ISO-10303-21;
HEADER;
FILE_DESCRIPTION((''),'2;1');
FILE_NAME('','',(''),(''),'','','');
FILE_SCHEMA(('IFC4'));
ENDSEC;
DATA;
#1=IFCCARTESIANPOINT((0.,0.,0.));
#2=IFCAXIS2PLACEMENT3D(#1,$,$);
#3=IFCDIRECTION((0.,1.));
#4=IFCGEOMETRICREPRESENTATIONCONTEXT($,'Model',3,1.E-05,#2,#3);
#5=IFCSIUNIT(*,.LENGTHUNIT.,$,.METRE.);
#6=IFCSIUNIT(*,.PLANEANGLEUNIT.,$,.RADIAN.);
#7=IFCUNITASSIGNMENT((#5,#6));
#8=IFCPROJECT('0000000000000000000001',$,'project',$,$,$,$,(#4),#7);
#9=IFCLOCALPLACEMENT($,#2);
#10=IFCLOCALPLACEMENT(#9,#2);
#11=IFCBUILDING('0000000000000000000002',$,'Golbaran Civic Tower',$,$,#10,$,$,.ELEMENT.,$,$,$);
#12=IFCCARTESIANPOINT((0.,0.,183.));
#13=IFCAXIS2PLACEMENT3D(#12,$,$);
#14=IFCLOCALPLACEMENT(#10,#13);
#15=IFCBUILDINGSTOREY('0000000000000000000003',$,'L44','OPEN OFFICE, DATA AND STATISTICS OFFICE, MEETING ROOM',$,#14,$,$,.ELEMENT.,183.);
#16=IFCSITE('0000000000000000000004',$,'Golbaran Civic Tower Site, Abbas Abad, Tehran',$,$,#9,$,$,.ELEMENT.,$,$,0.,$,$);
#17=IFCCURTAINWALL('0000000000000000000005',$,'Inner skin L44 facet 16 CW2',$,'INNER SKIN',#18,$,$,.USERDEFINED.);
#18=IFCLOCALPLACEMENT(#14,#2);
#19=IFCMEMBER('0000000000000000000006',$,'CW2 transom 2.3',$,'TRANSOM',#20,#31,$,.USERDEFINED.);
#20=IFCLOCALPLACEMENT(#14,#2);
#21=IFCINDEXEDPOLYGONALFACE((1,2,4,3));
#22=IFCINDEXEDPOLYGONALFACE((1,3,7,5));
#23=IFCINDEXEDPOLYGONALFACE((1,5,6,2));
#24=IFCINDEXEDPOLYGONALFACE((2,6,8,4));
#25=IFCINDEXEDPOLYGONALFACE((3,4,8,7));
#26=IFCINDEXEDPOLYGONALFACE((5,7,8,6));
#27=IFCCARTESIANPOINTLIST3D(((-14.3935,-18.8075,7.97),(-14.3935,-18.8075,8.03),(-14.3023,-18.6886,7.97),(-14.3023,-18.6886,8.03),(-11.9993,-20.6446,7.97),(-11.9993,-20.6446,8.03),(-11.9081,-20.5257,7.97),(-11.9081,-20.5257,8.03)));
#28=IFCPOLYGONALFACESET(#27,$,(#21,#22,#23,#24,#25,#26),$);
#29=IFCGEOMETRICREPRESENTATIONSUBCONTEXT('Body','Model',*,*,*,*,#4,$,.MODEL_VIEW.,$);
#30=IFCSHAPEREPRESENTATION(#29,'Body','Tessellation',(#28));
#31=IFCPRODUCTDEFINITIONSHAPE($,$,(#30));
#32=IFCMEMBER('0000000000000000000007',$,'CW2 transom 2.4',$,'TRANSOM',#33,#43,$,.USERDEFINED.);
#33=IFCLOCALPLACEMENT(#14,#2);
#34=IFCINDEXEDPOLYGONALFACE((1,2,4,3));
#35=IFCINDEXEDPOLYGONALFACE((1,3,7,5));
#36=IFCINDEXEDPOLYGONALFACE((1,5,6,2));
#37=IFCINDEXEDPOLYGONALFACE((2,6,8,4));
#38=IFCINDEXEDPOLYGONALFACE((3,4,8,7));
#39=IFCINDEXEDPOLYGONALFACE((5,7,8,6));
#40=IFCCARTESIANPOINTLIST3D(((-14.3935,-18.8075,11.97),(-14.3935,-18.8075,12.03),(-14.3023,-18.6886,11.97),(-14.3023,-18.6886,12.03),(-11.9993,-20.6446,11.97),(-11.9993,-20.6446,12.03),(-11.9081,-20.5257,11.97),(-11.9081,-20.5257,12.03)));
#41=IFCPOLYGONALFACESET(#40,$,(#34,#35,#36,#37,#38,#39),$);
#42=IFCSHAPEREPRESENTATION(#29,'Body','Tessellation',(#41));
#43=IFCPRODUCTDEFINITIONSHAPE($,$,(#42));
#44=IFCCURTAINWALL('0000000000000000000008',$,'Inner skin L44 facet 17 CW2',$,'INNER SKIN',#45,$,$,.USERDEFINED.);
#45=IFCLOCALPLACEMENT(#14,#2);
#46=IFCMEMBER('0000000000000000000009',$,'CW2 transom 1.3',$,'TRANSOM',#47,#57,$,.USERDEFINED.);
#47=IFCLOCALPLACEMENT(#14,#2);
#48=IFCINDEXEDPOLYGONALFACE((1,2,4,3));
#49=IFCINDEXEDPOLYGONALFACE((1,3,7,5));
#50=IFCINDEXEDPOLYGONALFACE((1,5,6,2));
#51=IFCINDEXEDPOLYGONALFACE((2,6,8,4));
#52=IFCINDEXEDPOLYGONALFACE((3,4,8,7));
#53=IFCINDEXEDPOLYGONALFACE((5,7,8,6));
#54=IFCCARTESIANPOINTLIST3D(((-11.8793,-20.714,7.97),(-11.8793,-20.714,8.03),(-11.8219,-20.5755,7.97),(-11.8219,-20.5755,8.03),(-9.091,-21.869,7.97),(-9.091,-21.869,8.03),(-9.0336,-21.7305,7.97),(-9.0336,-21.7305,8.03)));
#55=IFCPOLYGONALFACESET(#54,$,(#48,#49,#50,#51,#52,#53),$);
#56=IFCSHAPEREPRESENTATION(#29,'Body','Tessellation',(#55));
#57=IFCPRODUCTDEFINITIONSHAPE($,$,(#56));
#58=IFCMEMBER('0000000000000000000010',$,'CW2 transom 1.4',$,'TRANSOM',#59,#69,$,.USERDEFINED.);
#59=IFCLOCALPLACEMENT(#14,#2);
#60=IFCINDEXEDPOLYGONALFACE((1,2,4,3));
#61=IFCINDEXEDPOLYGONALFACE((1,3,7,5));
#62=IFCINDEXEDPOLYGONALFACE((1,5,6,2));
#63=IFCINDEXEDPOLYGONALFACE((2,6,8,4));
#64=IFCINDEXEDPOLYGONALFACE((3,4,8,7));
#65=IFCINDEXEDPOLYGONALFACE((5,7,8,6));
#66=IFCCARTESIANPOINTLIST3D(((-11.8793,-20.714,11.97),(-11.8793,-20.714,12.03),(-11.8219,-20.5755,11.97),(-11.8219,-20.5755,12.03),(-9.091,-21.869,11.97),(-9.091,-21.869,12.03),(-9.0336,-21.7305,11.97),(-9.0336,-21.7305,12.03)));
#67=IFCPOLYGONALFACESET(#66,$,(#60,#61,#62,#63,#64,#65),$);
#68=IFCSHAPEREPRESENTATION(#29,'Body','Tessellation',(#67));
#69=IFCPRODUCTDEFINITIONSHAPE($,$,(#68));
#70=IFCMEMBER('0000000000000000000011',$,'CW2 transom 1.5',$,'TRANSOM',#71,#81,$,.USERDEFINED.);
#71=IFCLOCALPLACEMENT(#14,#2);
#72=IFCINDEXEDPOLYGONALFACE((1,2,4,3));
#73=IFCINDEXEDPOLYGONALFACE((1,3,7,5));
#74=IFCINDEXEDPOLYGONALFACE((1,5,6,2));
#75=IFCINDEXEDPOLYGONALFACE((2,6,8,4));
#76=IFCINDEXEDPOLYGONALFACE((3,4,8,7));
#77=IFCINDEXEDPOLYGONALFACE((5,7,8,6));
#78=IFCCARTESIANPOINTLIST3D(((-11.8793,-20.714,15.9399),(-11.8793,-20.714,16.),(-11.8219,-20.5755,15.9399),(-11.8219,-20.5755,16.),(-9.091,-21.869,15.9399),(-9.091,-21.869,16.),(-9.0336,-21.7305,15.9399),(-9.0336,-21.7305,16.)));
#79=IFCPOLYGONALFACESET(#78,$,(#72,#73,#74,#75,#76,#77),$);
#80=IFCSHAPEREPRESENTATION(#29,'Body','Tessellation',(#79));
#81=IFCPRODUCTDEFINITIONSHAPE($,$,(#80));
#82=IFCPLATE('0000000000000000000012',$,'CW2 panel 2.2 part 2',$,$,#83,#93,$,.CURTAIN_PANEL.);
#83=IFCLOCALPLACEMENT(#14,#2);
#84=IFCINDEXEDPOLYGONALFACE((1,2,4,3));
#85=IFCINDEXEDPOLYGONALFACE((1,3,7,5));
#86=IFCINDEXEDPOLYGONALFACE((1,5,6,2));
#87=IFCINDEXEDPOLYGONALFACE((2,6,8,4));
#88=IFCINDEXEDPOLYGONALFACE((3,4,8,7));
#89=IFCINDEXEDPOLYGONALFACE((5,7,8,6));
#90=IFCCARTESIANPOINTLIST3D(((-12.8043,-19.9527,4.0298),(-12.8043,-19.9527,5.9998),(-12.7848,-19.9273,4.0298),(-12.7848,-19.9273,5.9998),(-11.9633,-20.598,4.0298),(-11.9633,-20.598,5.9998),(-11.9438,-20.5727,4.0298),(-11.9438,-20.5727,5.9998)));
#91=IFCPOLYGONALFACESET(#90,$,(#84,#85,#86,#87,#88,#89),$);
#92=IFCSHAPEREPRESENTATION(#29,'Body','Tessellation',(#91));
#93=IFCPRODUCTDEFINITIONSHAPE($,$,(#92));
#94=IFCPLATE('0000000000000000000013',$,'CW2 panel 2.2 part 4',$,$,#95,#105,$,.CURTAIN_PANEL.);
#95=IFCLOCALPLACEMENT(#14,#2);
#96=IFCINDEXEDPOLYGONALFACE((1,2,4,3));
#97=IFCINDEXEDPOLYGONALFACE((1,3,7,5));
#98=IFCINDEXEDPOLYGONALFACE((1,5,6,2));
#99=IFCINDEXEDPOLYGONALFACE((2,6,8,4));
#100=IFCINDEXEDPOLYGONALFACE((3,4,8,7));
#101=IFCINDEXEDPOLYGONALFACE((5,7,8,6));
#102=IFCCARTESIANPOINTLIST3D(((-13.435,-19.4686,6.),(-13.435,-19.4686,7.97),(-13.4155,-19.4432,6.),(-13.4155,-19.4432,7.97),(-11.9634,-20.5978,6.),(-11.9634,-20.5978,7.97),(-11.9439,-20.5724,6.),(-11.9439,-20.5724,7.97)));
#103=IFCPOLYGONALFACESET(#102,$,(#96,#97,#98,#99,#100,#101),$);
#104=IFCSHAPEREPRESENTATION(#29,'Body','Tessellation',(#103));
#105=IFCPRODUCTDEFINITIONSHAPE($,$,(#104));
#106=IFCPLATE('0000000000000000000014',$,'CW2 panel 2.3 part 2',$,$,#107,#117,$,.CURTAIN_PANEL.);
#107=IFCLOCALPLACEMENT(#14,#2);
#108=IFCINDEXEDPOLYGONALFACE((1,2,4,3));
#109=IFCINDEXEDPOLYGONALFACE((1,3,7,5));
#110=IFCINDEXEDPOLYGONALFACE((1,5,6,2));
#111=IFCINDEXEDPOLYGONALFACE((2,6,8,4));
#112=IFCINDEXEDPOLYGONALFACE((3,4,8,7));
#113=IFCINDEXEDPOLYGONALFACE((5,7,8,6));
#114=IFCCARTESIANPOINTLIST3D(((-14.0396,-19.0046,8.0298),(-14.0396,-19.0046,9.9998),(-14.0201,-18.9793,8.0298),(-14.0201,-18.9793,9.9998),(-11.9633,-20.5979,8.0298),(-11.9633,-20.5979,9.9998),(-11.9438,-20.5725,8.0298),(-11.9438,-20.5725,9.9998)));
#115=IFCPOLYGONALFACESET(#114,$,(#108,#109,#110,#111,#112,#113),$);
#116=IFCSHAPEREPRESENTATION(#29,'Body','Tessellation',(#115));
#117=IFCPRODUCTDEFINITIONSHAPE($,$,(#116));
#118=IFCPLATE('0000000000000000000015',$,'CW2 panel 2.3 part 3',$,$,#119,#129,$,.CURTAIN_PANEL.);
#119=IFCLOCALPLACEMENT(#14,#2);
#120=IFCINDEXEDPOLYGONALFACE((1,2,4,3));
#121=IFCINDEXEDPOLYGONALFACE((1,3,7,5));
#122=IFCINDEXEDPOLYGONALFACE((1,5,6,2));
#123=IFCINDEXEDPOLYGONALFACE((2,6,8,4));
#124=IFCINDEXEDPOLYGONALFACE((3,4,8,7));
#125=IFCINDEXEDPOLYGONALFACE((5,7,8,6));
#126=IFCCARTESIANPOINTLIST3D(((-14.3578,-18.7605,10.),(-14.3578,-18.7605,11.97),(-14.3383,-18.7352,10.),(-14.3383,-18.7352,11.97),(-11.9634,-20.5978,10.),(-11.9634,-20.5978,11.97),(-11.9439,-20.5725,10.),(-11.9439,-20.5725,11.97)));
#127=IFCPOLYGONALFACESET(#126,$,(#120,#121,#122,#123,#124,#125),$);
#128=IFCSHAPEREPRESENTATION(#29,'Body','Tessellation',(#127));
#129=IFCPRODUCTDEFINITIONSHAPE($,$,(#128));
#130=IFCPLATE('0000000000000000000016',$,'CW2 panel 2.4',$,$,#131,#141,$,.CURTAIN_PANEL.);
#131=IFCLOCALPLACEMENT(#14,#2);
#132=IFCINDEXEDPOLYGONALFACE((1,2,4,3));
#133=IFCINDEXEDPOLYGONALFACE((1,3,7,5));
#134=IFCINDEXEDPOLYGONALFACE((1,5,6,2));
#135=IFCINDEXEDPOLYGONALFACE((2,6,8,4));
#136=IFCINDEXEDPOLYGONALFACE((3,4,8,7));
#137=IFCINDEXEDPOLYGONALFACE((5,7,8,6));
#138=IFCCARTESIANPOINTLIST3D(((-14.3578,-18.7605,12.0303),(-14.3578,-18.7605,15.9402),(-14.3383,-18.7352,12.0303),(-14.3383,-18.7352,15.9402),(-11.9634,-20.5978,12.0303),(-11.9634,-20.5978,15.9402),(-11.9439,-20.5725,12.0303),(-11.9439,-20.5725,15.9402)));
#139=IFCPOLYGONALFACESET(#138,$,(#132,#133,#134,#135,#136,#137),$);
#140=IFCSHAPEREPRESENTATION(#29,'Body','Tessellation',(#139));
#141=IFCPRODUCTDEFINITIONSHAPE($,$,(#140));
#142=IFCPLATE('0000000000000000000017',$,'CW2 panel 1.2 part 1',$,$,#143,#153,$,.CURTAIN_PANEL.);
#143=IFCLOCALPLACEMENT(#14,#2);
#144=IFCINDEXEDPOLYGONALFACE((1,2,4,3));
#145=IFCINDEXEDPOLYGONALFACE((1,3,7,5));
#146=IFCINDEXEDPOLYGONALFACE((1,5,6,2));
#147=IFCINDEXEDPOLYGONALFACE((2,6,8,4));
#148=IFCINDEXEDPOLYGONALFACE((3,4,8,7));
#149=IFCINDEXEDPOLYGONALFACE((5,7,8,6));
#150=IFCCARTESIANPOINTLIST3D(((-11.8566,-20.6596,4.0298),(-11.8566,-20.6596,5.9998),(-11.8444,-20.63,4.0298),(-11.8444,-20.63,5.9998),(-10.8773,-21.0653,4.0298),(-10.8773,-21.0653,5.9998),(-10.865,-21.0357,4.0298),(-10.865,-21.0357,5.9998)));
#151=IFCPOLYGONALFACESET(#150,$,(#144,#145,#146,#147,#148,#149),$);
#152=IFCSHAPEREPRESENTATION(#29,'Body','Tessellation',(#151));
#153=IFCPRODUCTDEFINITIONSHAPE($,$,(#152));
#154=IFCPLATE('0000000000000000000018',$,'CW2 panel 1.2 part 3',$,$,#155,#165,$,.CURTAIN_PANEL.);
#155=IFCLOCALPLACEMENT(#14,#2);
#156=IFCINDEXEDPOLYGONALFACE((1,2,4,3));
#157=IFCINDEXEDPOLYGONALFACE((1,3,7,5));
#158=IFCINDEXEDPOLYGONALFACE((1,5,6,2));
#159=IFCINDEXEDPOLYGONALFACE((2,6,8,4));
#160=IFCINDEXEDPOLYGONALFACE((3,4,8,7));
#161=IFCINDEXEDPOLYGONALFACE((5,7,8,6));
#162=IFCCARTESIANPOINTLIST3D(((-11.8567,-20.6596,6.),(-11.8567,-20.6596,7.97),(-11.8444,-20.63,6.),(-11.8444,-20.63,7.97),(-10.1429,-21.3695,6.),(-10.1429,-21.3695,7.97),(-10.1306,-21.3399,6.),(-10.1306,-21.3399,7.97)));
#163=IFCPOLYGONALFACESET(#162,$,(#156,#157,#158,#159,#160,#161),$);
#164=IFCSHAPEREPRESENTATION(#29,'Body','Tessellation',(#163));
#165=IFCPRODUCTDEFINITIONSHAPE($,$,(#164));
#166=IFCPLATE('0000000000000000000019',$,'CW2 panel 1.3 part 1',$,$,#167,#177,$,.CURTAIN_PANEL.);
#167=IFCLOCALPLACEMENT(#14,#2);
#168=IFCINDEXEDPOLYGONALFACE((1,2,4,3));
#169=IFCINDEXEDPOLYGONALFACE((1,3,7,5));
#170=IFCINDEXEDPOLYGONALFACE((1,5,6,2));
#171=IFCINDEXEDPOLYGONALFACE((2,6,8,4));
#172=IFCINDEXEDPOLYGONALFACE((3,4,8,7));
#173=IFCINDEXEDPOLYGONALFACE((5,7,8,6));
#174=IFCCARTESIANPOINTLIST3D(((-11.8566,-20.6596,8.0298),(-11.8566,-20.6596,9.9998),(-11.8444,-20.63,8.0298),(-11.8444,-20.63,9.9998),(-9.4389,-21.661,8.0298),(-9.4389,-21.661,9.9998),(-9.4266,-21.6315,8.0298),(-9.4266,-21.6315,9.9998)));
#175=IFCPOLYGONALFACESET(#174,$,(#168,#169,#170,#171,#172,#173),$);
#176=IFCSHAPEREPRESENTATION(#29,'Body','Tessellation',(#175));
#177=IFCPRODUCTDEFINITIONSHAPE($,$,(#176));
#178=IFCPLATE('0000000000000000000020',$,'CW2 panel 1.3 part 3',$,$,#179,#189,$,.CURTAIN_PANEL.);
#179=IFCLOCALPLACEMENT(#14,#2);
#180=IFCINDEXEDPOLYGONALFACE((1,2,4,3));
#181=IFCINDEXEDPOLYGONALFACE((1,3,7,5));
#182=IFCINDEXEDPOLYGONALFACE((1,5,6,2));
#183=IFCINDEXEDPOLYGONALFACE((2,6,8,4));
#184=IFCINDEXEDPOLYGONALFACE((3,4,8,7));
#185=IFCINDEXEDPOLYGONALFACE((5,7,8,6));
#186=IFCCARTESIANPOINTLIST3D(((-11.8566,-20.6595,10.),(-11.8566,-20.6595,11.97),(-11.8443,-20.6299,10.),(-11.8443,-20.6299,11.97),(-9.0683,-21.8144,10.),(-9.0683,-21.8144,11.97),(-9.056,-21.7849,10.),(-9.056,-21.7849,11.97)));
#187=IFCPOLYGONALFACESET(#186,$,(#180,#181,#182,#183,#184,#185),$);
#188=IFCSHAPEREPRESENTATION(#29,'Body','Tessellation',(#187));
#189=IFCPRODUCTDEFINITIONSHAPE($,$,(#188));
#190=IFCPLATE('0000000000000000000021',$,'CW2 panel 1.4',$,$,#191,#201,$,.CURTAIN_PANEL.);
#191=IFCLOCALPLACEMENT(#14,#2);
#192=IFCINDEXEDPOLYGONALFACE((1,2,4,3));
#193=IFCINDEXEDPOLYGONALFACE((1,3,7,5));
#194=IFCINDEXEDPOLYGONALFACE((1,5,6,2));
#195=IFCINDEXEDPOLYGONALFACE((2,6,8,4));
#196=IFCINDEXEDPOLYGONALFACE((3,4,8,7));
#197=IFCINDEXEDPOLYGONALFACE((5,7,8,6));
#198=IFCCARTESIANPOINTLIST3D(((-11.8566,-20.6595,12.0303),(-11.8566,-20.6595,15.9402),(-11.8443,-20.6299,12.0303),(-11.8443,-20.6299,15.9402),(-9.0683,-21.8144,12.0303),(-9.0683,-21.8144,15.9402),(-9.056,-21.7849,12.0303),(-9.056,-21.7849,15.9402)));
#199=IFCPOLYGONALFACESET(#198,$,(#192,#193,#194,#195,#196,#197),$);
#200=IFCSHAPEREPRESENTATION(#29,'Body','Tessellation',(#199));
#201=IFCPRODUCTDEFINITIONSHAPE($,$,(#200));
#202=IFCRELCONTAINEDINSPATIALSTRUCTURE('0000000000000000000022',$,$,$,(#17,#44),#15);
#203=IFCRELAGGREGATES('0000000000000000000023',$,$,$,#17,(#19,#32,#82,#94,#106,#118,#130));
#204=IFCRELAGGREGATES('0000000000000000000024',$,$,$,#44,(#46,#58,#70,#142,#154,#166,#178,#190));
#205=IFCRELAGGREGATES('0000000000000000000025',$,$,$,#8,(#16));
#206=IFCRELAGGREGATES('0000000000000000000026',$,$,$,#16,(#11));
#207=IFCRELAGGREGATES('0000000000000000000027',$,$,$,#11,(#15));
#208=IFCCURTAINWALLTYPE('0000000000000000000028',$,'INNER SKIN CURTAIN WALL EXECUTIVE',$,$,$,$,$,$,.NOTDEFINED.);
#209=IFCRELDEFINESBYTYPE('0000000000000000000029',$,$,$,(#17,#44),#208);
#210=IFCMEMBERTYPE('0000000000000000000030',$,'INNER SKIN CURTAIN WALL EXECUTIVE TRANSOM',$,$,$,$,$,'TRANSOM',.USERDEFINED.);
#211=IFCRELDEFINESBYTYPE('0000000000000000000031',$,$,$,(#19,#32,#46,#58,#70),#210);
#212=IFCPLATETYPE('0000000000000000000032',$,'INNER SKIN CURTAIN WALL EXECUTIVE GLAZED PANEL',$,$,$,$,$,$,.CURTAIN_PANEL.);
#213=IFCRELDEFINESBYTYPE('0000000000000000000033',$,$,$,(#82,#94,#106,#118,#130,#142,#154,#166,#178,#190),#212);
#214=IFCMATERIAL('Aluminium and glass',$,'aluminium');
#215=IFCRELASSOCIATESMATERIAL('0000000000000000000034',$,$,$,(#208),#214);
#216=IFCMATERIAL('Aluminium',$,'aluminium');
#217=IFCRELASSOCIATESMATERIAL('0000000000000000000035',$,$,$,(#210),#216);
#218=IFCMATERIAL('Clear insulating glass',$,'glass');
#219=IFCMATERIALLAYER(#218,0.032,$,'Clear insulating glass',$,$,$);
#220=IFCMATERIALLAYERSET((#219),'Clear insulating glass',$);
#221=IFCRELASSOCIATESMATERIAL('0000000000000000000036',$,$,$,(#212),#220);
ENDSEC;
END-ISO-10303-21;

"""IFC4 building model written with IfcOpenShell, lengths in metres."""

from ifc_helpers import new_model, si_unit, direction, frame, origin, origin_2d, place, context, subcontext, project, spatial, rectangle, extrude, material, layer, layer_set, material_profile, profile_set, type_object, element, aggregate, save


model = new_model("IFC4")

# Units and contexts
model_context = context("Model", 3, precision=1e-05, world=origin(), true_north=direction((0.0, 1.0)))
body_context = subcontext(model_context, "Body", "Model", "MODEL_VIEW")
ifc_project = project(units=[si_unit("LENGTHUNIT", "METRE"), si_unit("PLANEANGLEUNIT", "RADIAN")], contexts=[model_context])

# Site, building, storey
site_placement = place(None, origin())
site = spatial("IfcSite", under=ifc_project, at=site_placement, Name="Golbaran Civic Tower Site, Abbas Abad, Tehran", CompositionType="ELEMENT", RefElevation=0.0)
building_placement = place(site_placement, origin())
building = spatial("IfcBuilding", under=site, at=building_placement, Name="Golbaran Civic Tower", CompositionType="ELEMENT")
storey_placement = place(building_placement, frame((0.0, 0.0, 183.0)))
storey = spatial("IfcBuildingStorey", under=building, at=storey_placement, Name="L44", Description="OPEN OFFICE, DATA AND STATISTICS OFFICE, MEETING ROOM", CompositionType="ELEMENT", Elevation=183.0)

# Curtain walls, members
ifc_material_1 = material(Name="Aluminium and glass", Category="aluminium")
curtain_wall_type_1 = type_object("IfcCurtainWallType", Name="INNER SKIN CURTAIN WALL EXECUTIVE", PredefinedType="NOTDEFINED", material=ifc_material_1)
curtain_wall_1_placement = place(storey_placement, origin())
curtain_wall_1 = element("IfcCurtainWall", 1, at=curtain_wall_1_placement, inside=storey, type_object=curtain_wall_type_1, Name="Inner skin L44 facet 16 CW2", ObjectType="INNER SKIN", PredefinedType="USERDEFINED")
ifc_material_2 = material(Name="Aluminium", Category="aluminium")
ifc_material_profile = material_profile(ifc_material_2, rectangle(XDim=0.1499, YDim=0.0601, at=origin_2d()), Name="INNER SKIN CURTAIN WALL EXECUTIVE TRANSOM")
ifc_profile_set = profile_set([ifc_material_profile], Name="Aluminium")
member_type = type_object("IfcMemberType", Name="INNER SKIN CURTAIN WALL EXECUTIVE TRANSOM", ElementType="TRANSOM", PredefinedType="USERDEFINED", material=ifc_profile_set)
member_1_placement = place(storey_placement, frame((-14.3479, -18.748, 8.0), z_axis=(0.79336, -0.608752, 0.0), x_axis=(0.608752, 0.79336, 0.0)))
member_1 = element("IfcMember", 2, at=member_1_placement, type_object=member_type, Name="CW2 transom 2.3", ObjectType="TRANSOM", PredefinedType="USERDEFINED", context=body_context, shape_type="SweptSolid", body=[
    extrude(rectangle(XDim=0.1499, YDim=0.0601, at=origin_2d()), origin(), (0.0, 0.0, 1.0), 3.0178),
])
member_2_placement = place(storey_placement, frame((-14.3479, -18.748, 12.0), z_axis=(0.79336, -0.608752, 0.0), x_axis=(0.608752, 0.79336, 0.0)))
member_2 = element("IfcMember", 3, at=member_2_placement, type_object=member_type, Name="CW2 transom 2.4", ObjectType="TRANSOM", PredefinedType="USERDEFINED", context=body_context, shape_type="SweptSolid", body=[
    extrude(rectangle(XDim=0.1499, YDim=0.0601, at=origin_2d()), origin(), (0.0, 0.0, 1.0), 3.0178),
])
curtain_wall_2_placement = place(storey_placement, origin())
curtain_wall_2 = element("IfcCurtainWall", 4, at=curtain_wall_2_placement, inside=storey, type_object=curtain_wall_type_1, Name="Inner skin L44 facet 17 CW2", ObjectType="INNER SKIN", PredefinedType="USERDEFINED")
member_3_placement = place(storey_placement, frame((-11.8506, -20.6448, 8.0), z_axis=(0.923872, -0.382702, 0.0), x_axis=(0.382702, 0.923872, 0.0)))
member_3 = element("IfcMember", 5, at=member_3_placement, type_object=member_type, Name="CW2 transom 1.3", ObjectType="TRANSOM", PredefinedType="USERDEFINED", context=body_context, shape_type="SweptSolid", body=[
    extrude(rectangle(XDim=0.1499, YDim=0.0601, at=origin_2d()), origin(), (0.0, 0.0, 1.0), 3.0181),
])
member_4_placement = place(storey_placement, frame((-11.8506, -20.6448, 12.0), z_axis=(0.923872, -0.382702, 0.0), x_axis=(0.382702, 0.923872, 0.0)))
member_4 = element("IfcMember", 6, at=member_4_placement, type_object=member_type, Name="CW2 transom 1.4", ObjectType="TRANSOM", PredefinedType="USERDEFINED", context=body_context, shape_type="SweptSolid", body=[
    extrude(rectangle(XDim=0.1499, YDim=0.0601, at=origin_2d()), origin(), (0.0, 0.0, 1.0), 3.0181),
])
member_5_placement = place(storey_placement, frame((-11.8506, -20.6448, 15.97), z_axis=(0.923872, -0.382702, 0.0), x_axis=(0.382702, 0.923872, 0.0)))
member_5 = element("IfcMember", 7, at=member_5_placement, type_object=member_type, Name="CW2 transom 1.5", ObjectType="TRANSOM", PredefinedType="USERDEFINED", context=body_context, shape_type="SweptSolid", body=[
    extrude(rectangle(XDim=0.1499, YDim=0.0601, at=origin_2d()), origin(), (0.0, 0.0, 1.0), 3.0181),
])

# Plates
ifc_material_3 = material(Name="Clear insulating glass", Category="glass")
ifc_layer_1 = layer(ifc_material_3, 0.032, Name="Clear insulating glass")
ifc_layer_set_1 = layer_set([ifc_layer_1], Name="Clear insulating glass")
plate_type_1 = type_object("IfcPlateType", Name="INNER SKIN CURTAIN WALL EXECUTIVE GLAZED PANEL", PredefinedType="CURTAIN_PANEL", material=ifc_layer_set_1)
plate_1_placement = place(storey_placement, frame((-12.374, -20.2627, 4.0298), z_axis=(0.0, 0.0, 1.0), x_axis=(0.793353, -0.608761, 0.0)))
plate_1 = element("IfcPlate", 8, at=plate_1_placement, type_object=plate_type_1, Name="CW2 panel 2.2 part 2", PredefinedType="CURTAIN_PANEL", context=body_context, shape_type="SweptSolid", body=[
    extrude(rectangle(XDim=1.0601, YDim=0.032, at=origin_2d()), origin(), (0.0, 0.0, 1.0), 1.97),
])
plate_2_placement = place(storey_placement, frame((-12.6895, -20.0205, 6.0), z_axis=(0.0, 0.0, 1.0), x_axis=(0.793353, -0.608761, 0.0)))
plate_2 = element("IfcPlate", 9, at=plate_2_placement, type_object=plate_type_1, Name="CW2 panel 2.2 part 4", PredefinedType="CURTAIN_PANEL", context=body_context, shape_type="SweptSolid", body=[
    extrude(rectangle(XDim=1.855, YDim=0.032, at=origin_2d()), origin(), (0.0, 0.0, 1.0), 1.97),
])
plate_3_placement = place(storey_placement, frame((-12.9917, -19.7886, 8.0298), z_axis=(0.0, 0.0, 1.0), x_axis=(0.793353, -0.608761, 0.0)))
plate_3 = element("IfcPlate", 10, at=plate_3_placement, type_object=plate_type_1, Name="CW2 panel 2.3 part 2", PredefinedType="CURTAIN_PANEL", context=body_context, shape_type="SweptSolid", body=[
    extrude(rectangle(XDim=2.6172, YDim=0.032, at=origin_2d()), origin(), (0.0, 0.0, 1.0), 1.97),
])
plate_4_placement = place(storey_placement, frame((-13.1509, -19.6665, 10.0), z_axis=(0.0, 0.0, 1.0), x_axis=(0.793353, -0.608761, 0.0)))
plate_4 = element("IfcPlate", 11, at=plate_4_placement, type_object=plate_type_1, Name="CW2 panel 2.3 part 3", PredefinedType="CURTAIN_PANEL", context=body_context, shape_type="SweptSolid", body=[
    extrude(rectangle(XDim=3.0181, YDim=0.032, at=origin_2d()), origin(), (0.0, 0.0, 1.0), 1.97),
])
plate_5_placement = place(storey_placement, frame((-13.1509, -19.6665, 12.0303), z_axis=(0.0, 0.0, 1.0), x_axis=(0.793353, -0.608761, 0.0)))
plate_5 = element("IfcPlate", 12, at=plate_5_placement, type_object=plate_type_1, Name="CW2 panel 2.4", PredefinedType="CURTAIN_PANEL", context=body_context, shape_type="SweptSolid", body=[
    extrude(rectangle(XDim=3.0181, YDim=0.032, at=origin_2d()), origin(), (0.0, 0.0, 1.0), 3.9099),
])
plate_6_placement = place(storey_placement, frame((-11.3608, -20.8477, 4.0298), z_axis=(0.0, 0.0, 1.0), x_axis=(0.92388, -0.382683, 0.0)))
plate_6 = element("IfcPlate", 13, at=plate_6_placement, type_object=plate_type_1, Name="CW2 panel 1.2 part 1", PredefinedType="CURTAIN_PANEL", context=body_context, shape_type="SweptSolid", body=[
    extrude(rectangle(XDim=1.0601, YDim=0.032, at=origin_2d()), origin(), (0.0, 0.0, 1.0), 1.97),
])
plate_7_placement = place(storey_placement, frame((-10.9937, -20.9998, 6.0), z_axis=(0.0, 0.0, 1.0), x_axis=(0.92388, -0.382683, 0.0)))
plate_7 = element("IfcPlate", 14, at=plate_7_placement, type_object=plate_type_1, Name="CW2 panel 1.2 part 3", PredefinedType="CURTAIN_PANEL", context=body_context, shape_type="SweptSolid", body=[
    extrude(rectangle(XDim=1.855, YDim=0.032, at=origin_2d()), origin(), (0.0, 0.0, 1.0), 1.97),
])
plate_8_placement = place(storey_placement, frame((-10.6416, -21.1455, 8.0298), z_axis=(0.0, 0.0, 1.0), x_axis=(0.92388, -0.382683, 0.0)))
plate_8 = element("IfcPlate", 15, at=plate_8_placement, type_object=plate_type_1, Name="CW2 panel 1.3 part 1", PredefinedType="CURTAIN_PANEL", context=body_context, shape_type="SweptSolid", body=[
    extrude(rectangle(XDim=2.6169, YDim=0.032, at=origin_2d()), origin(), (0.0, 0.0, 1.0), 1.97),
])
plate_9_placement = place(storey_placement, frame((-10.4563, -21.2222, 10.0), z_axis=(0.0, 0.0, 1.0), x_axis=(0.92388, -0.382683, 0.0)))
plate_9 = element("IfcPlate", 16, at=plate_9_placement, type_object=plate_type_1, Name="CW2 panel 1.3 part 3", PredefinedType="CURTAIN_PANEL", context=body_context, shape_type="SweptSolid", body=[
    extrude(rectangle(XDim=3.0181, YDim=0.032, at=origin_2d()), origin(), (0.0, 0.0, 1.0), 1.97),
])
plate_10_placement = place(storey_placement, frame((-10.4563, -21.2222, 12.0303), z_axis=(0.0, 0.0, 1.0), x_axis=(0.92388, -0.382683, 0.0)))
plate_10 = element("IfcPlate", 17, at=plate_10_placement, type_object=plate_type_1, Name="CW2 panel 1.4", PredefinedType="CURTAIN_PANEL", context=body_context, shape_type="SweptSolid", body=[
    extrude(rectangle(XDim=3.0181, YDim=0.032, at=origin_2d()), origin(), (0.0, 0.0, 1.0), 3.9099),
])
aggregate(curtain_wall_1, [member_1, member_2, plate_1, plate_2, plate_3, plate_4, plate_5])
aggregate(curtain_wall_2, [member_3, member_4, member_5, plate_6, plate_7, plate_8, plate_9, plate_10])

save(model, "model.ifc")
